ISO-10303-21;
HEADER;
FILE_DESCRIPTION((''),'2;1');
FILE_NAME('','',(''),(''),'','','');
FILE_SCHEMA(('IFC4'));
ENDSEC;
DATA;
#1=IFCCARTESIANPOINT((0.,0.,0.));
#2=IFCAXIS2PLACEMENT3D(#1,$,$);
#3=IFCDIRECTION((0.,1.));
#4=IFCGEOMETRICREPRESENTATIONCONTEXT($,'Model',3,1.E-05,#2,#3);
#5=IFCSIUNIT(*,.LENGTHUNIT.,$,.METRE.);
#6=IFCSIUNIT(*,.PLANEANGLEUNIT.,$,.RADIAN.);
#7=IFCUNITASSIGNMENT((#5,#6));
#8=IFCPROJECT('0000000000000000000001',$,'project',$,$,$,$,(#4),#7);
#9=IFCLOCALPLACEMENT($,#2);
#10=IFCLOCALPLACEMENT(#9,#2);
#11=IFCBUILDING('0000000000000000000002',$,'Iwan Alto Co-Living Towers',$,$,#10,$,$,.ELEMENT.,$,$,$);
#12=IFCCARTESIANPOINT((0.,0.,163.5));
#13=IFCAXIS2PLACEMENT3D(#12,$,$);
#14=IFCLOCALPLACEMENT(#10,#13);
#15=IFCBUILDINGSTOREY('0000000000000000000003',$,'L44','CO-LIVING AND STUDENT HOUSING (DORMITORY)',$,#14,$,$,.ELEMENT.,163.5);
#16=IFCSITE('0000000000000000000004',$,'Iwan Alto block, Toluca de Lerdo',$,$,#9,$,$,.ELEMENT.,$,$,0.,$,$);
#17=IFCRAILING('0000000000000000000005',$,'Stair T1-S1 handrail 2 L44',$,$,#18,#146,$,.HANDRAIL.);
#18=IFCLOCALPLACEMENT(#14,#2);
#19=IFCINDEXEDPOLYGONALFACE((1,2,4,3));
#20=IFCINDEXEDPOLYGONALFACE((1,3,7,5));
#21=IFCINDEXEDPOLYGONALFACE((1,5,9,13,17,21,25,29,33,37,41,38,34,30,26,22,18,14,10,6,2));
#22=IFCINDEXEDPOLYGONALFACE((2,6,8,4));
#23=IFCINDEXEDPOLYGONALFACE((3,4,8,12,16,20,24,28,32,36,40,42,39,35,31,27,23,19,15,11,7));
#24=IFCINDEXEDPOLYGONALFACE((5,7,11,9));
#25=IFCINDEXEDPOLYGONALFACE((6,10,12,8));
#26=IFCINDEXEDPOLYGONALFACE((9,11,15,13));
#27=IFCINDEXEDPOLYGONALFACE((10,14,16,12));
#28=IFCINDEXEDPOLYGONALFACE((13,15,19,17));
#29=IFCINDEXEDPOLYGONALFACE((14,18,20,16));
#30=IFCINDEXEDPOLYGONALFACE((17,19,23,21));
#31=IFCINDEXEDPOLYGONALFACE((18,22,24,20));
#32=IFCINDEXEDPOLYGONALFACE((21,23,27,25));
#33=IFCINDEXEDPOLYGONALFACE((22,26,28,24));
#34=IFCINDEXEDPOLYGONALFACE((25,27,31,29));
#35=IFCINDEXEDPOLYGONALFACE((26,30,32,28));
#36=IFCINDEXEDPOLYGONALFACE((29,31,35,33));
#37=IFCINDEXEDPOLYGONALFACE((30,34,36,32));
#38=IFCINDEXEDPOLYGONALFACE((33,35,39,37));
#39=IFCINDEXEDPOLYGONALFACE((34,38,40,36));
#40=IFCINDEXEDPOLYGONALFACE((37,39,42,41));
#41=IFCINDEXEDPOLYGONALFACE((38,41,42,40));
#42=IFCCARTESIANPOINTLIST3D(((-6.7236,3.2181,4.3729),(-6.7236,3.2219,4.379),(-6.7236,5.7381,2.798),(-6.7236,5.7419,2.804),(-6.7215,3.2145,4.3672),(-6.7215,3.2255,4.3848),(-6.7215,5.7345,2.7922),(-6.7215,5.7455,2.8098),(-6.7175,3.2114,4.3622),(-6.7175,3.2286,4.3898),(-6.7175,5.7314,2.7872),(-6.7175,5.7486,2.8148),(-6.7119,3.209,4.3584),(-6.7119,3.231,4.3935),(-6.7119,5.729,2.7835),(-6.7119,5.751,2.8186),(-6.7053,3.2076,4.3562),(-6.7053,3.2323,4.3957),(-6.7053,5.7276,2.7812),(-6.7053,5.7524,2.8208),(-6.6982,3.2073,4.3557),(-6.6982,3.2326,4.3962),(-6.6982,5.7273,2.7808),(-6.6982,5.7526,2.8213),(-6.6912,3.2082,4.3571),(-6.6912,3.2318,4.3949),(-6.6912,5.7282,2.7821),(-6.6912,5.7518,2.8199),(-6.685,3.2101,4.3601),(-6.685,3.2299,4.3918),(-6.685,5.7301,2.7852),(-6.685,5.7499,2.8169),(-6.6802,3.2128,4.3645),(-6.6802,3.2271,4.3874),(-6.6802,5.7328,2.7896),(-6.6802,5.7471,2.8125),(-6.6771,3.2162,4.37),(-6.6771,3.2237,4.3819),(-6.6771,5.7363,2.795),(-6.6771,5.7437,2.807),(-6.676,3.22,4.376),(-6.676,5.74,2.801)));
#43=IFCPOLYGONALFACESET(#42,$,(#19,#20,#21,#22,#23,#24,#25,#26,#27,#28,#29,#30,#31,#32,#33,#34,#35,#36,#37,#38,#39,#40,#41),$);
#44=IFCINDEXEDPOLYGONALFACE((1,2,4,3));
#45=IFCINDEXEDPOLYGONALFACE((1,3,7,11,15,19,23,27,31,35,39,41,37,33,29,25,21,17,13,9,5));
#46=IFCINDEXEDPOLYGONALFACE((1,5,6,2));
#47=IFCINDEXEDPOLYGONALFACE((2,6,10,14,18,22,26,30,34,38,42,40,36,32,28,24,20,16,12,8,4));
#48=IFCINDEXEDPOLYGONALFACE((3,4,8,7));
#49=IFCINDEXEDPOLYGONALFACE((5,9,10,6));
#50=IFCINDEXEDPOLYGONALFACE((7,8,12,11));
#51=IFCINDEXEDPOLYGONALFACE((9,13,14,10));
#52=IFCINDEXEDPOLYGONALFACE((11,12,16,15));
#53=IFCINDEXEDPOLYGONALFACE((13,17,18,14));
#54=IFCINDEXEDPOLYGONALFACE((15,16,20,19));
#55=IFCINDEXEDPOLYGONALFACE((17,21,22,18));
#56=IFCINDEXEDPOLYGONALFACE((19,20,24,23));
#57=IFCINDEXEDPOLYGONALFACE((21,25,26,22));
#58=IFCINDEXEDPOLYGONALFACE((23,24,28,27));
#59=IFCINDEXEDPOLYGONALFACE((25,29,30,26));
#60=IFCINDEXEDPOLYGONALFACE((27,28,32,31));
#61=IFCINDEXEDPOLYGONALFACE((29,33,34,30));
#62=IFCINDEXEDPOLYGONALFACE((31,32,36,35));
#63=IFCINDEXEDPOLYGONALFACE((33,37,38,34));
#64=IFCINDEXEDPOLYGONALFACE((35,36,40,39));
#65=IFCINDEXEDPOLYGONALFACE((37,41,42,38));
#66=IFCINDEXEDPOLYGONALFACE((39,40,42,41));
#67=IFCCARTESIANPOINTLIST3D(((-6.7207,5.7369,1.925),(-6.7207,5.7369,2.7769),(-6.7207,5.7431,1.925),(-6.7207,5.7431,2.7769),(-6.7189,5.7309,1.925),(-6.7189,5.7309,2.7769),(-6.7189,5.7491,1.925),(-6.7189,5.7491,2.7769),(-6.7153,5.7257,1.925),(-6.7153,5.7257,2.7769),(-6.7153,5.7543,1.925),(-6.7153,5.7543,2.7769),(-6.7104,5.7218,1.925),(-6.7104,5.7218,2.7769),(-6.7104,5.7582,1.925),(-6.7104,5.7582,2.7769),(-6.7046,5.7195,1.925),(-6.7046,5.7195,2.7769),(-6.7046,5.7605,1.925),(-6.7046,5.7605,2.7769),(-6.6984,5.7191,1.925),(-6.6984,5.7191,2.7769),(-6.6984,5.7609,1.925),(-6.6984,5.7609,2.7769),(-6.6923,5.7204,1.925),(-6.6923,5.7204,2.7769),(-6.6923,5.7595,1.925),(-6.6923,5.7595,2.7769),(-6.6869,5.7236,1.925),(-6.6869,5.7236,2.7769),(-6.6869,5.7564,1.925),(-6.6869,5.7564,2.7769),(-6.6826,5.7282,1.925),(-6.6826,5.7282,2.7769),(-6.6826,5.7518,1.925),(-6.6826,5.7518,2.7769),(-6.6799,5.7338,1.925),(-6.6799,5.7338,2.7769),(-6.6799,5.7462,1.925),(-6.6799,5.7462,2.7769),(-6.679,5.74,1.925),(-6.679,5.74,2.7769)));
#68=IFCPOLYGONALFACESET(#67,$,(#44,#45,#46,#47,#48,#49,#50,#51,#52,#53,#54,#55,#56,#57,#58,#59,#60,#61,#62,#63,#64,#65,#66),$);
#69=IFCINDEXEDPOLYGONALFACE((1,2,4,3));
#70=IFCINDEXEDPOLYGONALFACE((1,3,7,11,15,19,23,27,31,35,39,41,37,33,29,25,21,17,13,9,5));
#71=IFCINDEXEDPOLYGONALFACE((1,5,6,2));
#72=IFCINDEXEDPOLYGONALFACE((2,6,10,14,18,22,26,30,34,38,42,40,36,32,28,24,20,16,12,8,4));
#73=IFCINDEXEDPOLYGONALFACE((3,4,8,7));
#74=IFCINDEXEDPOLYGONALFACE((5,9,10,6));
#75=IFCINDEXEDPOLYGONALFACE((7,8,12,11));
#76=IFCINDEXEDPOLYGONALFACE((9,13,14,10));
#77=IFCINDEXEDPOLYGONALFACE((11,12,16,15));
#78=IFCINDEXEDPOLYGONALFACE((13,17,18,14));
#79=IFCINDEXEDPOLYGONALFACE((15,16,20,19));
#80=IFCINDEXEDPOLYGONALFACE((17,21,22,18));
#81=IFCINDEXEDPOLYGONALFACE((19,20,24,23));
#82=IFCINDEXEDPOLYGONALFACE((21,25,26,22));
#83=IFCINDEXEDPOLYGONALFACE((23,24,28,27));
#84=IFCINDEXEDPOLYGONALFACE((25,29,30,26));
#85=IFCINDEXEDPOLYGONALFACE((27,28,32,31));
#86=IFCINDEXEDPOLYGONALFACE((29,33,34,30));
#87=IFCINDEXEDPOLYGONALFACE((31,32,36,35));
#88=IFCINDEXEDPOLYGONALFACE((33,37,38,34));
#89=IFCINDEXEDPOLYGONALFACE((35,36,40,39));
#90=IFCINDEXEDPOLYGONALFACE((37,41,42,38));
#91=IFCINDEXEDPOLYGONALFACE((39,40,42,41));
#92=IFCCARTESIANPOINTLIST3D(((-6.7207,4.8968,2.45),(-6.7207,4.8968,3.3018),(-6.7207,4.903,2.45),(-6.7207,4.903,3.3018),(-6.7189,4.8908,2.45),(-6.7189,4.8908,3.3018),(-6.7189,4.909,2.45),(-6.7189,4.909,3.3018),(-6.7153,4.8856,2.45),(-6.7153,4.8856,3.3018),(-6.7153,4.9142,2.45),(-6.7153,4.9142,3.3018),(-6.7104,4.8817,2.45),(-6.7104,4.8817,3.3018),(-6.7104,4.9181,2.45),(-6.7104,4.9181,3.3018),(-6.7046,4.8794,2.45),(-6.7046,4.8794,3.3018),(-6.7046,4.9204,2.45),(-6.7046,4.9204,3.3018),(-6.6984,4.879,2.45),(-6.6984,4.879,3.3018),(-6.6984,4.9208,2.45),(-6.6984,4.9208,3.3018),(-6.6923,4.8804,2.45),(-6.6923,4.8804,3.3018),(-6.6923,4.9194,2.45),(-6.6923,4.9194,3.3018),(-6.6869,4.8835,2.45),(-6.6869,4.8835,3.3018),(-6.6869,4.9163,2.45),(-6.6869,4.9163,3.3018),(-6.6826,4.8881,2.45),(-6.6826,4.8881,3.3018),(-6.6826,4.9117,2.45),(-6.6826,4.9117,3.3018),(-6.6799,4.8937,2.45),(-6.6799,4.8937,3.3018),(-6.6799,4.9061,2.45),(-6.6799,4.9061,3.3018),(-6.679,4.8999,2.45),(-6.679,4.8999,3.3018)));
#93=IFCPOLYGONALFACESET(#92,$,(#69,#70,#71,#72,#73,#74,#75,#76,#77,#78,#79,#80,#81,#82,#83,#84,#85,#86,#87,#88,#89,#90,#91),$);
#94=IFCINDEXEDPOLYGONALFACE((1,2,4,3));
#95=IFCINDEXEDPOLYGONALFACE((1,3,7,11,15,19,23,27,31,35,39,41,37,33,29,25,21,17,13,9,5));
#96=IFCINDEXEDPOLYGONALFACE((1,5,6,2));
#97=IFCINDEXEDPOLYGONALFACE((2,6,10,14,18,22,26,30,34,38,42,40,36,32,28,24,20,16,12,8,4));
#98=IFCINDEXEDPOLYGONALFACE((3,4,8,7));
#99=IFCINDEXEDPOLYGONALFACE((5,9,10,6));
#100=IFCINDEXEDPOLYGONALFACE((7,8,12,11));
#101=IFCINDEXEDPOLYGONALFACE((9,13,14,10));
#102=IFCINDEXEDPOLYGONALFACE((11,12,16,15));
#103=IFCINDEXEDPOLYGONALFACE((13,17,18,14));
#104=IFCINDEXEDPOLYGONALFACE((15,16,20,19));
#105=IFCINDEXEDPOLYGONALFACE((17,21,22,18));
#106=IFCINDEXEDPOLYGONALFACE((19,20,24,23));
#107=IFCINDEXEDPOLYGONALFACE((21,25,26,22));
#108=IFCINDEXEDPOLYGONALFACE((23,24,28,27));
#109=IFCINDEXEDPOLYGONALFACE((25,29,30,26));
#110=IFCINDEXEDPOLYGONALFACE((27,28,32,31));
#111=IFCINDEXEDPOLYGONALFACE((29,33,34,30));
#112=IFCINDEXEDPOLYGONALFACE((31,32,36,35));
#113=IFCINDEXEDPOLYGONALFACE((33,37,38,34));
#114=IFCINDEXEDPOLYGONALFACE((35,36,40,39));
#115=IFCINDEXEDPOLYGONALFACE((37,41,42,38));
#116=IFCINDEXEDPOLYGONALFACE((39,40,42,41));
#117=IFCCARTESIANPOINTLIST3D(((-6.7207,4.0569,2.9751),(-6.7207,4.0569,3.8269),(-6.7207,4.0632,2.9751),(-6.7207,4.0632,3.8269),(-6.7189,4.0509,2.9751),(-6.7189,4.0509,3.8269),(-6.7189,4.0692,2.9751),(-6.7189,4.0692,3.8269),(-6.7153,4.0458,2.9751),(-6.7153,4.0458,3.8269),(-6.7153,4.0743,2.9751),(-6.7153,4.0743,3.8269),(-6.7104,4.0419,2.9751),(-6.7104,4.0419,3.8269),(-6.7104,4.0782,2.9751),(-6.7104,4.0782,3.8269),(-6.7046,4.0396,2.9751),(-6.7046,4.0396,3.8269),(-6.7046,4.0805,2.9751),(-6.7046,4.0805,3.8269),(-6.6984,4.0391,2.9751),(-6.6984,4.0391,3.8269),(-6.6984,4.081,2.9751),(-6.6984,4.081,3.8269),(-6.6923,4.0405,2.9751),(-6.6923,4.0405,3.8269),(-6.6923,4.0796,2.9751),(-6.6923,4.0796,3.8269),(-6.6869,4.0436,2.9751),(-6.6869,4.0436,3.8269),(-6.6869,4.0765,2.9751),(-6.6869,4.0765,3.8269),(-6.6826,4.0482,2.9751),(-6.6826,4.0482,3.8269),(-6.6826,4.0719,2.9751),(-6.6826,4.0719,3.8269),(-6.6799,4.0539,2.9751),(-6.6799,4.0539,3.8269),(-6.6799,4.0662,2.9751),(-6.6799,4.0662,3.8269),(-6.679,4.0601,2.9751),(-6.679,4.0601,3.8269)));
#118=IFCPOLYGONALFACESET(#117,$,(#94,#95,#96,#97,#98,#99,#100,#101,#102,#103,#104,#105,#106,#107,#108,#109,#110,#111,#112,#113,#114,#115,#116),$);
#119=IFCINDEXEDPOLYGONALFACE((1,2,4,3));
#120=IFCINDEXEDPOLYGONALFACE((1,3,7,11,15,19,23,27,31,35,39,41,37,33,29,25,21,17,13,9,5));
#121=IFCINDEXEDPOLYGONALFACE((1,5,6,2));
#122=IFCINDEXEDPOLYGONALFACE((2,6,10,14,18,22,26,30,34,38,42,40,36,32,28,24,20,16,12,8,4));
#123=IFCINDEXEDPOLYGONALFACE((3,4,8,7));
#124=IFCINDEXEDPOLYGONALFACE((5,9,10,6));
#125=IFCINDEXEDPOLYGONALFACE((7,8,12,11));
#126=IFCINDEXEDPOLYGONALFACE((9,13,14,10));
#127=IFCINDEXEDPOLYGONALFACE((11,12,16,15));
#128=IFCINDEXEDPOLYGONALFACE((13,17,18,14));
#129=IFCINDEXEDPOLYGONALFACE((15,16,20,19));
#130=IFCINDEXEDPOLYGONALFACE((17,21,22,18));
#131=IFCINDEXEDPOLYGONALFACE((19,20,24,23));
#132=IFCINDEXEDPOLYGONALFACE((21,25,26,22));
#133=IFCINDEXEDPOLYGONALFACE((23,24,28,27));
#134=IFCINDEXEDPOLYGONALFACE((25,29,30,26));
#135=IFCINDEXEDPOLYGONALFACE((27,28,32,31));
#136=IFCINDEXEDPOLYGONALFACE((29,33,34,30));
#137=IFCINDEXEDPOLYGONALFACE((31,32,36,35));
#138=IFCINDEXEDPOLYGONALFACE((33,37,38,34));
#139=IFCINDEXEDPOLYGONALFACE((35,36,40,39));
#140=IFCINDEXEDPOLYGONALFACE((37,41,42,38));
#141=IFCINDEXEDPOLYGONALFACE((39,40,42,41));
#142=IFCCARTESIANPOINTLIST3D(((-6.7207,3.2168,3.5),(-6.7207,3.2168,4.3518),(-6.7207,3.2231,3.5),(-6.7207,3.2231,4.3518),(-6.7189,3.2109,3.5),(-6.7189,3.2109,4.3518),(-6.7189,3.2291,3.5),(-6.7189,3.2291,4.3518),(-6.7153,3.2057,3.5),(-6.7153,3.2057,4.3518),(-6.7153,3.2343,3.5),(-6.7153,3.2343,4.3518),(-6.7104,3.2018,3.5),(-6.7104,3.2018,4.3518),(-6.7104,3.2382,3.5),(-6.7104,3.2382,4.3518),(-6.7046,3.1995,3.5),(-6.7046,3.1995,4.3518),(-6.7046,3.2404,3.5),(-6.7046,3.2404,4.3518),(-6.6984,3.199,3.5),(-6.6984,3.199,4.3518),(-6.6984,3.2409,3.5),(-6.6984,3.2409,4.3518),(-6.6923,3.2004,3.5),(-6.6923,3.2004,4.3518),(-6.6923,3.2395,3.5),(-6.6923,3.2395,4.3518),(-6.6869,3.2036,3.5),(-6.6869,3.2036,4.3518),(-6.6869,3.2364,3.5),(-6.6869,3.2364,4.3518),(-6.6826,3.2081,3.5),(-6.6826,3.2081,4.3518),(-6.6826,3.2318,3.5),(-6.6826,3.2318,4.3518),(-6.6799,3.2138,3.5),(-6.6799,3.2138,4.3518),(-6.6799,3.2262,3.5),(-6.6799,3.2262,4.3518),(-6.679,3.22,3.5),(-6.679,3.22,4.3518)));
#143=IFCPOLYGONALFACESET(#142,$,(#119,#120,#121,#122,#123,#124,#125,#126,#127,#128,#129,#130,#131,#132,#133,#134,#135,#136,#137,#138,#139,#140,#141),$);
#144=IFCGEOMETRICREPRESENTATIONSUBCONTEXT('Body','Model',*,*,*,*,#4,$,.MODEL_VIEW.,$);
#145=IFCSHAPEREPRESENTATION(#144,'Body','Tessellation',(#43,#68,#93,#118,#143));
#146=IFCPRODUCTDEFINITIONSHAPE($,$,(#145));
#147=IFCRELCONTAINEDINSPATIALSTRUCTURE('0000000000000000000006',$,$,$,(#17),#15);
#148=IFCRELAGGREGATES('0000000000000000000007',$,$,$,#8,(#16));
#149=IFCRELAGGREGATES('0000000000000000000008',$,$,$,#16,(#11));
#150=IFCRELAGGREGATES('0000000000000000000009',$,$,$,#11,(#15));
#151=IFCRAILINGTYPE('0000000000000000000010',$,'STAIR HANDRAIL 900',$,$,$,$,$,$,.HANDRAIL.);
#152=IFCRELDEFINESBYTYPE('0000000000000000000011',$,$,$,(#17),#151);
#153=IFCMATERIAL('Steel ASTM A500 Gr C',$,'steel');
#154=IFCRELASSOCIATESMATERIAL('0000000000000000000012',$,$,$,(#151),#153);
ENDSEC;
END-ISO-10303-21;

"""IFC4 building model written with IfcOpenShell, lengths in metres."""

from ifc_helpers import new_model, si_unit, direction, frame, origin, origin_2d, place, context, subcontext, project, spatial, circle, extrude, material, type_object, element, save


model = new_model("IFC4")

# Units and contexts
model_context = context("Model", 3, precision=1e-05, world=origin(), true_north=direction((0.0, 1.0)))
body_context = subcontext(model_context, "Body", "Model", "MODEL_VIEW")
ifc_project = project(units=[si_unit("LENGTHUNIT", "METRE"), si_unit("PLANEANGLEUNIT", "RADIAN")], contexts=[model_context])

# Site, building, storey
site_placement = place(None, origin())
site = spatial("IfcSite", under=ifc_project, at=site_placement, Name="Iwan Alto block, Toluca de Lerdo", CompositionType="ELEMENT", RefElevation=0.0)
building_placement = place(site_placement, origin())
building = spatial("IfcBuilding", under=site, at=building_placement, Name="Iwan Alto Co-Living Towers", CompositionType="ELEMENT")
storey_placement = place(building_placement, frame((0.0, 0.0, 163.5)))
storey = spatial("IfcBuildingStorey", under=building, at=storey_placement, Name="L44", Description="CO-LIVING AND STUDENT HOUSING (DORMITORY)", CompositionType="ELEMENT", Elevation=163.5)

# Railing
ifc_material_1 = material(Name="Steel ASTM A500 Gr C", Category="steel")
railing_type_1 = type_object("IfcRailingType", Name="STAIR HANDRAIL 900", PredefinedType="HANDRAIL", material=ifc_material_1)
railing_1_placement = place(storey_placement, frame((-6.7, 5.74, 1.925)))
element("IfcRailing", 1, at=railing_1_placement, inside=storey, type_object=railing_type_1, Name="Stair T1-S1 handrail 2 L44", PredefinedType="HANDRAIL", context=body_context, shape_type="SweptSolid", body=[
    extrude(circle(Radius=0.0239, at=origin_2d()), frame((0.0, 0.0, 0.876), z_axis=(0.0, -0.848008, 0.529984), x_axis=(1.0, 0.0, 0.0)), (0.0, 0.0, 1.0), 2.9717),
    extrude(circle(Radius=0.021, at=origin_2d()), origin(), (0.0, 0.0, 1.0), 0.8518),
    extrude(circle(Radius=0.021, at=origin_2d()), frame((0.0, -0.8401, 0.5249)), (0.0, 0.0, 1.0), 0.8518),
    extrude(circle(Radius=0.021, at=origin_2d()), frame((0.0, -1.6799, 1.05)), (0.0, 0.0, 1.0), 0.8518),
    extrude(circle(Radius=0.021, at=origin_2d()), frame((0.0, -2.52, 1.575)), (0.0, 0.0, 1.0), 0.8518),
])

save(model, "model.ifc")
